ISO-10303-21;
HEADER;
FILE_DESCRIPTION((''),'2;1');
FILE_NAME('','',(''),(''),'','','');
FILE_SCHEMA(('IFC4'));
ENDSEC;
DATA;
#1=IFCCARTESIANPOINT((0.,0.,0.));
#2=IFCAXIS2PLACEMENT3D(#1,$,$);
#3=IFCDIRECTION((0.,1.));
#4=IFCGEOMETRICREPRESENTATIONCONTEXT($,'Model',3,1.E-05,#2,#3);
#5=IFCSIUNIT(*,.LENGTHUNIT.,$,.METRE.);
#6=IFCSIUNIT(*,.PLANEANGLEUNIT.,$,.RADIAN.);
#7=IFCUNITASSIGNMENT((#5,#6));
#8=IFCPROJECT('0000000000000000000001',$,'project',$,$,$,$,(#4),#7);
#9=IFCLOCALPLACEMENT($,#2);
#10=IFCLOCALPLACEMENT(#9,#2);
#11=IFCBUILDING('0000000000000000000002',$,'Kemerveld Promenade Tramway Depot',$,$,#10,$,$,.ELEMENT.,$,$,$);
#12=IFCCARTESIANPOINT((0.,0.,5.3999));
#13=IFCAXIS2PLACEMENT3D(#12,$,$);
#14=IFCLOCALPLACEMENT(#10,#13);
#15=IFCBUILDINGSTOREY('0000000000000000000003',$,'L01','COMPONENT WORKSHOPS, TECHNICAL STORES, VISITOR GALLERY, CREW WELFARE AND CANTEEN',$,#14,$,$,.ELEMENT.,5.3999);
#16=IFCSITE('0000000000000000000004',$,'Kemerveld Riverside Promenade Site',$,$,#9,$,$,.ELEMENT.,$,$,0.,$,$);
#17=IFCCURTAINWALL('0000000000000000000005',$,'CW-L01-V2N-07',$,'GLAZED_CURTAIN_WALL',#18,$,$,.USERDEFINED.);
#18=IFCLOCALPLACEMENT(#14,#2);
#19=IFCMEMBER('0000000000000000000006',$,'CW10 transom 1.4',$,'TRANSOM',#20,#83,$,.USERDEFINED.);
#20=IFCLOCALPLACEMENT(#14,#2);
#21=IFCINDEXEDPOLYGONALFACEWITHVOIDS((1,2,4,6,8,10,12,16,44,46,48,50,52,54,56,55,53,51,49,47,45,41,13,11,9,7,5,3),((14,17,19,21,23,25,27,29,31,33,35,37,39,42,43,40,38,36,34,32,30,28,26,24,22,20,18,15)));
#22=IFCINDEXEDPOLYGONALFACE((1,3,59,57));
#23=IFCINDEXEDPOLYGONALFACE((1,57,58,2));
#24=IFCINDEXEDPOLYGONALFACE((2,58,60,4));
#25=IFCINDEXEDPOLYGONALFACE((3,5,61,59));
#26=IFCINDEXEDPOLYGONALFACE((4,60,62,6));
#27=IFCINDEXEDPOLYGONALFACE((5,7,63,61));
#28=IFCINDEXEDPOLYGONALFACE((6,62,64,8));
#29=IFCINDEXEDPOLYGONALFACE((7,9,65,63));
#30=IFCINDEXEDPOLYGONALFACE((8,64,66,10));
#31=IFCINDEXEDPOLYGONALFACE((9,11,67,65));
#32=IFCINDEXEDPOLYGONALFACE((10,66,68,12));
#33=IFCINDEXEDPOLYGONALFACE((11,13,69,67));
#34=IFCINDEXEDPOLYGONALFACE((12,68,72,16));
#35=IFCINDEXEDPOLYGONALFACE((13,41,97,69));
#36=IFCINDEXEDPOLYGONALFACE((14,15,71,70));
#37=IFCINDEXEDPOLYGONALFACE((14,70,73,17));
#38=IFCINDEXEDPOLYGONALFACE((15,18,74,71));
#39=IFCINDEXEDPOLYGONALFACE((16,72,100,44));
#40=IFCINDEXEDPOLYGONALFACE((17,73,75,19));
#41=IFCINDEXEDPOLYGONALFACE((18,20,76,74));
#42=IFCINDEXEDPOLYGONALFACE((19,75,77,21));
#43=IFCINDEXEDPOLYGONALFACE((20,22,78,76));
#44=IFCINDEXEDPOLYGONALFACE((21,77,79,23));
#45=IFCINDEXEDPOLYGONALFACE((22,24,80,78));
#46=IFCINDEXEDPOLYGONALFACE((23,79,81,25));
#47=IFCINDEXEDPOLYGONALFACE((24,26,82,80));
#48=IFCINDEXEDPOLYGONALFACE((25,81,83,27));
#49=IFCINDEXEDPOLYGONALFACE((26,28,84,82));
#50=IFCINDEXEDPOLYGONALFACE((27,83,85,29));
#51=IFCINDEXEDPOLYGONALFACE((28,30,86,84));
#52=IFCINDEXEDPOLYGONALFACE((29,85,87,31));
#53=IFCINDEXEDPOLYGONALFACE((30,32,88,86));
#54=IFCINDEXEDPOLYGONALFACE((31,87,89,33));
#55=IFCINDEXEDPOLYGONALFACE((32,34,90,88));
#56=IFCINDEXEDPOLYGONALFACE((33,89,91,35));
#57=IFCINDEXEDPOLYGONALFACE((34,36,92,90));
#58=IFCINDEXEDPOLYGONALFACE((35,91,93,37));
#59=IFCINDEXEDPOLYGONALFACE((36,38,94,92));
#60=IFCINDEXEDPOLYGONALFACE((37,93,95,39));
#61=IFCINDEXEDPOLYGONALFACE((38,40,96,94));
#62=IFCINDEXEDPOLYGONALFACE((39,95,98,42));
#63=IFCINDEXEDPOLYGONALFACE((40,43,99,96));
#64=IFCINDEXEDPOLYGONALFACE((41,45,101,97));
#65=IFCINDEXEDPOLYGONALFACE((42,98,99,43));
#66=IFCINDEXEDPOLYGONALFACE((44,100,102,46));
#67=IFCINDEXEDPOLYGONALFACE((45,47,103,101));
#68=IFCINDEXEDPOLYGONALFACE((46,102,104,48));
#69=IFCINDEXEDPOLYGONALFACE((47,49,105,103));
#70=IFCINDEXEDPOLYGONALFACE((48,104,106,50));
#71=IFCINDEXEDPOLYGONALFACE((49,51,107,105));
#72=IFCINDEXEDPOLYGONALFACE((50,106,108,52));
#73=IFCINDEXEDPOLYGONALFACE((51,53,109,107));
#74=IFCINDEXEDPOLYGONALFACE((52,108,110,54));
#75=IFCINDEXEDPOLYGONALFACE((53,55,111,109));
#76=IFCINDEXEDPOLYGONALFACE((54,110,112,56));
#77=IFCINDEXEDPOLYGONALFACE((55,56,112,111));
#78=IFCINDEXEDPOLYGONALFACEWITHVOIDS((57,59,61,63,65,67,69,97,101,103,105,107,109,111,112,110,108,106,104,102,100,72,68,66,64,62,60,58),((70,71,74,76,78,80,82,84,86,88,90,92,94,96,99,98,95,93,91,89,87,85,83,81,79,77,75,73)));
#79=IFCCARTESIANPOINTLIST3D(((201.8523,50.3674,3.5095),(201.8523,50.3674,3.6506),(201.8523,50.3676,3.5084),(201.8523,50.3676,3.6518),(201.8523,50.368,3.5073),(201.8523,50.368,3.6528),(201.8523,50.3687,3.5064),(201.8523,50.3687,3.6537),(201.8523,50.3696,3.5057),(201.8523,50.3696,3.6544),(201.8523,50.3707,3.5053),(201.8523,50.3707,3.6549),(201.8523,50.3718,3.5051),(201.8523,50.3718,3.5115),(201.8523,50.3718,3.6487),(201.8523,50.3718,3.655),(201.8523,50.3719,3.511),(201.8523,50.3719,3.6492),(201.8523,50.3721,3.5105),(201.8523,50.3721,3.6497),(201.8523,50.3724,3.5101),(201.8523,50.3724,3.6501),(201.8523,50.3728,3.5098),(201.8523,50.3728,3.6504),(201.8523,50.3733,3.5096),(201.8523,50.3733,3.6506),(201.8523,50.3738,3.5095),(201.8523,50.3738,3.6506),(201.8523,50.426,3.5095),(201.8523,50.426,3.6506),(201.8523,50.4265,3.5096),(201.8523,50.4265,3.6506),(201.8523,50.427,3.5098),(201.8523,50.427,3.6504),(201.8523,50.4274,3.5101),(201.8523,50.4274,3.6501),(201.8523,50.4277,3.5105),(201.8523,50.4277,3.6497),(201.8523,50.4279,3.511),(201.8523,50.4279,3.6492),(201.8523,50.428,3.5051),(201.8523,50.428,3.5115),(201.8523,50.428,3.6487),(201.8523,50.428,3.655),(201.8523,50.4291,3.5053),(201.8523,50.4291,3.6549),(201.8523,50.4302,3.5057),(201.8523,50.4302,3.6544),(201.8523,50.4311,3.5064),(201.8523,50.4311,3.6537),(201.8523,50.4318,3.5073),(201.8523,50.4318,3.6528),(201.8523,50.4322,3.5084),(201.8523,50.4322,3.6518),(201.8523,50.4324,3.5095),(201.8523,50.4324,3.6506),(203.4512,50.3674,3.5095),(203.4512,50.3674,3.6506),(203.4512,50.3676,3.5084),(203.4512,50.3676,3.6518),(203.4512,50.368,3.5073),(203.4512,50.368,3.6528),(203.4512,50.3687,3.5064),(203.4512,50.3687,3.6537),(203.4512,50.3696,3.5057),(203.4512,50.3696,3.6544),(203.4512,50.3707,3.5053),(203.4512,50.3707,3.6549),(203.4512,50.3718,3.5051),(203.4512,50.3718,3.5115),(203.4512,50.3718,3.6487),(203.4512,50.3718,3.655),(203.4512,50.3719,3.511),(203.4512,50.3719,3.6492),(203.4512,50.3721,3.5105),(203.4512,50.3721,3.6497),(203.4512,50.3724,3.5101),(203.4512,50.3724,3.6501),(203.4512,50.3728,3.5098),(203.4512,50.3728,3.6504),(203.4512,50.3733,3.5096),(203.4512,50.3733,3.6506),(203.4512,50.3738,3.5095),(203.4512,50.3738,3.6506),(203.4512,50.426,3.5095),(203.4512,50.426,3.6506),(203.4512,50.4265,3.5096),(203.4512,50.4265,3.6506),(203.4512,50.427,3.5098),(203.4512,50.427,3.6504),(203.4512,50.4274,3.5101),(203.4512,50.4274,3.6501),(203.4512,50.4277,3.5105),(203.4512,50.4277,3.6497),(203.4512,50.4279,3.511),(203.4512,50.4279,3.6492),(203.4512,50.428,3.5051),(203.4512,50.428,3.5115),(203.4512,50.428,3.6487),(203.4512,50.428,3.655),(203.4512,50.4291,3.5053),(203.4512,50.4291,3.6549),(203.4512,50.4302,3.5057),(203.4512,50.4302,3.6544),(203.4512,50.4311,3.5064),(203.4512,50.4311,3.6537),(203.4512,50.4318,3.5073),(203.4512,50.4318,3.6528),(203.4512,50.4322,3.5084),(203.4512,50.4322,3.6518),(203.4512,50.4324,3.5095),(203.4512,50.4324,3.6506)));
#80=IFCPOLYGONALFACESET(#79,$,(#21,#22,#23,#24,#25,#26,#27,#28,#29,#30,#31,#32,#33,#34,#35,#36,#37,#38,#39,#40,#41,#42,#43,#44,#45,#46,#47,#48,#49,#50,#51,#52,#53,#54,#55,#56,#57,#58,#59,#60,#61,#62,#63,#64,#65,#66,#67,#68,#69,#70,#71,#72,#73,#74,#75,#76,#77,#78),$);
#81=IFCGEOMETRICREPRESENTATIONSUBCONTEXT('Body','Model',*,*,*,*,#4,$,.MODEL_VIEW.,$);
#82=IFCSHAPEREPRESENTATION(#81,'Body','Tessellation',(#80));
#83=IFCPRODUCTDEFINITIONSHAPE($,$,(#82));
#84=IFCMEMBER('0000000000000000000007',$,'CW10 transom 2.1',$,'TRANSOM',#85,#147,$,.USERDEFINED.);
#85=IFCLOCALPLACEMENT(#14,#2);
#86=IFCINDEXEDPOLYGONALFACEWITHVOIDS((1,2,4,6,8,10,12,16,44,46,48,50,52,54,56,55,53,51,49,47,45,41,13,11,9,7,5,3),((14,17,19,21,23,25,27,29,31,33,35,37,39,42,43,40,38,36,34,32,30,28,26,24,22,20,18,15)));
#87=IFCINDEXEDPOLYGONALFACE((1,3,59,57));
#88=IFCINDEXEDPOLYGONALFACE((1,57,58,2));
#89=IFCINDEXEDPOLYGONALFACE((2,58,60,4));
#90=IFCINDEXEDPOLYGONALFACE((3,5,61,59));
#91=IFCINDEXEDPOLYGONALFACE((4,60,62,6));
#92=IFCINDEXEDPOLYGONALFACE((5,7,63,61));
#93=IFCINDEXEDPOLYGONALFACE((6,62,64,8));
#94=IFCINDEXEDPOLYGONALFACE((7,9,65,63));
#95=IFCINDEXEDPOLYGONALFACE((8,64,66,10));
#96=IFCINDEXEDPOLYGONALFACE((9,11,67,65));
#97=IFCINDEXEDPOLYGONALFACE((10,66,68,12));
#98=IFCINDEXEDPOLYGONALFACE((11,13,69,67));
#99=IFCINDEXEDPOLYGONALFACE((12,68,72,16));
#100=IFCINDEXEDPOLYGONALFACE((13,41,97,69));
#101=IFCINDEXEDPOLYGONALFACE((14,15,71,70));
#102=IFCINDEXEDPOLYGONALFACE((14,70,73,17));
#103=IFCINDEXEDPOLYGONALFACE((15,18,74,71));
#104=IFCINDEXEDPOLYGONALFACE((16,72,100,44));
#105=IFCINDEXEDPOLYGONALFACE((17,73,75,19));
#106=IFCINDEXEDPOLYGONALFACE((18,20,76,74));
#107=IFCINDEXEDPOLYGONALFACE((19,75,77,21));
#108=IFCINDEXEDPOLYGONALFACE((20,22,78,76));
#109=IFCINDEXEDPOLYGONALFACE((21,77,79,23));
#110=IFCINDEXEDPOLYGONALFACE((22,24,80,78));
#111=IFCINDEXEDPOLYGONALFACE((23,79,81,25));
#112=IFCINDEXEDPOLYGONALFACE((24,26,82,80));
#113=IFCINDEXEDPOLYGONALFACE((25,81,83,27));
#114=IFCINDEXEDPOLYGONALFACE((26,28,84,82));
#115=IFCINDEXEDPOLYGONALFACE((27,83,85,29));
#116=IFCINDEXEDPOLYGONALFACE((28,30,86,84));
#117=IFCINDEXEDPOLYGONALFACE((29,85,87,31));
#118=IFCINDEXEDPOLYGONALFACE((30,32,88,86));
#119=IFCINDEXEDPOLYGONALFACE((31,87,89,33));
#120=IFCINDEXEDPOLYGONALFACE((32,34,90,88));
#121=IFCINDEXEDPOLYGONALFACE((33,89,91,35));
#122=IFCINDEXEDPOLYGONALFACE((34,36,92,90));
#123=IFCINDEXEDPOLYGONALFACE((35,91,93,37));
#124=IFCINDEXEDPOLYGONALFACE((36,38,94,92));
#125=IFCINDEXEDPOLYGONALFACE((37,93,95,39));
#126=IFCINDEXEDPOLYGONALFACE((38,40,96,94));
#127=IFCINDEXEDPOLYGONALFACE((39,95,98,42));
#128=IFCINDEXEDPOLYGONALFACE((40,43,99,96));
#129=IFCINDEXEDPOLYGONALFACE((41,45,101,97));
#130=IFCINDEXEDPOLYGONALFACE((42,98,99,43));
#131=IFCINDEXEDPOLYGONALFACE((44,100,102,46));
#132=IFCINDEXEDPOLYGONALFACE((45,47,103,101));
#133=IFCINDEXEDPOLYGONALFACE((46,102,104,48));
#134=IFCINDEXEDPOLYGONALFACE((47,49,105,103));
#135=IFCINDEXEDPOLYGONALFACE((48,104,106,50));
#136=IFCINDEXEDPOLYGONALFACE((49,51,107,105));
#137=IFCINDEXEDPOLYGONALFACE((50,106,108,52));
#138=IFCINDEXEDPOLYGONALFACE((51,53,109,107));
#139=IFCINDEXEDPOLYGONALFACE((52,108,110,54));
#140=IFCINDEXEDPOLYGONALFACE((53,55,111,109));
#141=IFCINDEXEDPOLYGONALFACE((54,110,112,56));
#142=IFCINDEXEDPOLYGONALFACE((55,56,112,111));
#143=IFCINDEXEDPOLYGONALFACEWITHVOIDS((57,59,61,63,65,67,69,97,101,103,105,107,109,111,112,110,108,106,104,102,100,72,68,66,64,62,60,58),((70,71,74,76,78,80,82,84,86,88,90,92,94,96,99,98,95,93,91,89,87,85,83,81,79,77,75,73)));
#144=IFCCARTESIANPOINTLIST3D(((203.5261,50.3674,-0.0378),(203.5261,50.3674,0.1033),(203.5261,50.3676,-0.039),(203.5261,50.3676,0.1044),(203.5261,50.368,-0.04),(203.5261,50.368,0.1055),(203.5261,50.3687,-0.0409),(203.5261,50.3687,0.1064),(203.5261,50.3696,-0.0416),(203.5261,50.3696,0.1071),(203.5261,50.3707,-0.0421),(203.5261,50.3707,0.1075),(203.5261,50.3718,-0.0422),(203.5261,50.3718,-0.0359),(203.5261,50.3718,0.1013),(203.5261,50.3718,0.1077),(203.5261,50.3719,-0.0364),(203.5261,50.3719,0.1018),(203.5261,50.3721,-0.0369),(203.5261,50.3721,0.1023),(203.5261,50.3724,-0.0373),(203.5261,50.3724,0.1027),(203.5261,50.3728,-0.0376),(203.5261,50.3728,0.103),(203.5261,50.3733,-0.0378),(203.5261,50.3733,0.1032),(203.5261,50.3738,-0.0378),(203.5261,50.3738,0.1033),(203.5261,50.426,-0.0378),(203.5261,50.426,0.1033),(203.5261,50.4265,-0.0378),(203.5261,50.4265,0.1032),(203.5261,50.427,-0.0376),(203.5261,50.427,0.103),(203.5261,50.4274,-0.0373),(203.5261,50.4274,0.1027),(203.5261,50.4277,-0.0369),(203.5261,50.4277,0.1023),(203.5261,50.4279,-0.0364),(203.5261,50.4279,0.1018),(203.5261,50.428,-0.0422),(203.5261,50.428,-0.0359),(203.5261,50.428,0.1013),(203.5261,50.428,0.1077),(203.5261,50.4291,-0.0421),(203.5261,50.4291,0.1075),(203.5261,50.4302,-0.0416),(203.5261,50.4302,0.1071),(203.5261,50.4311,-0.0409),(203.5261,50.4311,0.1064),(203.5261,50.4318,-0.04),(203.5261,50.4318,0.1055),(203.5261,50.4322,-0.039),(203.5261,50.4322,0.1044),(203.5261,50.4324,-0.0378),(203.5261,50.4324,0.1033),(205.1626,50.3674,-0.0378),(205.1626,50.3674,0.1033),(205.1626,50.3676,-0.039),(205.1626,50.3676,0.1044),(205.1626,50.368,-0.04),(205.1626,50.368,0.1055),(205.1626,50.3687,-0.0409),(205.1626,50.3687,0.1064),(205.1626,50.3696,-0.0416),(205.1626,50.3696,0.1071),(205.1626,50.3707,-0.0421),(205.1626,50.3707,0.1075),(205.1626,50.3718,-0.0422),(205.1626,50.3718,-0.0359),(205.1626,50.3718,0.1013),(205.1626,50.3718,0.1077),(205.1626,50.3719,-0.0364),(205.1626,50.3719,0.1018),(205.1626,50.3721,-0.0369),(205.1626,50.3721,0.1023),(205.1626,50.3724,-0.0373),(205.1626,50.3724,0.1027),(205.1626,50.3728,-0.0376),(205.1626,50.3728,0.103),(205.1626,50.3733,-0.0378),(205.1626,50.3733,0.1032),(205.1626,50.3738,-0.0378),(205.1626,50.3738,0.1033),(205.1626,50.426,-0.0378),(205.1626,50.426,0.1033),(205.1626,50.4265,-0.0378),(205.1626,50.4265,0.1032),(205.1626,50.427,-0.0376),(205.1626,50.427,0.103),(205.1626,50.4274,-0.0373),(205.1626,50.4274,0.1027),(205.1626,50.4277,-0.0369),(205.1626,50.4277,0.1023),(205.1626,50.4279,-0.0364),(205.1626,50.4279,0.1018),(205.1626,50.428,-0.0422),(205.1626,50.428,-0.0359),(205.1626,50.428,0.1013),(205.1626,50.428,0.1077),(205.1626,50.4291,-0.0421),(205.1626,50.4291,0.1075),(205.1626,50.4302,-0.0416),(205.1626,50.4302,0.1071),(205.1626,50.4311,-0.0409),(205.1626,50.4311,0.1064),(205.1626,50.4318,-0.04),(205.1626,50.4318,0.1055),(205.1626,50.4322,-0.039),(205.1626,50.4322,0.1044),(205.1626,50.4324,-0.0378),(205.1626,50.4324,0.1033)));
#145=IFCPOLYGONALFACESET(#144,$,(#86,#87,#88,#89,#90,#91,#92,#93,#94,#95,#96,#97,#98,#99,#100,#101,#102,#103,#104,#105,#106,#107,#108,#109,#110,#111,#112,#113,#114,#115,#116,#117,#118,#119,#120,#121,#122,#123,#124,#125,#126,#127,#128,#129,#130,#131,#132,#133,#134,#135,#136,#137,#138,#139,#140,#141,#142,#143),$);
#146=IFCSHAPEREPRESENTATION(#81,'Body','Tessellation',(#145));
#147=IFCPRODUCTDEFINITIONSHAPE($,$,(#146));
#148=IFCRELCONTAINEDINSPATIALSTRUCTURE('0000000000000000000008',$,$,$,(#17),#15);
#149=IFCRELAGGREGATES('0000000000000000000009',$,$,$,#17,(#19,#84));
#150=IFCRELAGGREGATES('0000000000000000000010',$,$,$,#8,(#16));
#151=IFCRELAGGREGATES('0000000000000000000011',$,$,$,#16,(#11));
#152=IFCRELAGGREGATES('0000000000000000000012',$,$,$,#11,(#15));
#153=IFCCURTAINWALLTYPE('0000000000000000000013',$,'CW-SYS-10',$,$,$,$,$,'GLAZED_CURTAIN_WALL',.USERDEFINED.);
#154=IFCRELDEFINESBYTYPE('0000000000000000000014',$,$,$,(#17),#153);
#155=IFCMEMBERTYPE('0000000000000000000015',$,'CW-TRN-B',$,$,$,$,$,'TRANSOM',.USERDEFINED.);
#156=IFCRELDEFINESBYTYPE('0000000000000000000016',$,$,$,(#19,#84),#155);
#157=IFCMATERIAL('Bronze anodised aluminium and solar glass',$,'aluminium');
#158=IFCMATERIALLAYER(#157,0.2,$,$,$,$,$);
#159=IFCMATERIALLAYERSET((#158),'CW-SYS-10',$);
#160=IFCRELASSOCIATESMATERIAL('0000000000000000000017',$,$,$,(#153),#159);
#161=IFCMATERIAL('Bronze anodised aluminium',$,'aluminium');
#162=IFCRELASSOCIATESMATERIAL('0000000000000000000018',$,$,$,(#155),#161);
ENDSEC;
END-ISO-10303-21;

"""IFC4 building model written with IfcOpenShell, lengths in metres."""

from ifc_helpers import new_model, si_unit, direction, frame, origin, origin_2d, place, context, subcontext, project, spatial, hollow_rectangle, extrude, material, layer, layer_set, material_profile, profile_set, type_object, element, aggregate, save


model = new_model("IFC4")

# Units and contexts
model_context = context("Model", 3, precision=1e-05, world=origin(), true_north=direction((0.0, 1.0)))
body_context = subcontext(model_context, "Body", "Model", "MODEL_VIEW")
ifc_project = project(units=[si_unit("LENGTHUNIT", "METRE"), si_unit("PLANEANGLEUNIT", "RADIAN")], contexts=[model_context])

# Site, building, storey
site_placement = place(None, origin())
site = spatial("IfcSite", under=ifc_project, at=site_placement, Name="Kemerveld Riverside Promenade Site", CompositionType="ELEMENT", RefElevation=0.0)
building_placement = place(site_placement, origin())
building = spatial("IfcBuilding", under=site, at=building_placement, Name="Kemerveld Promenade Tramway Depot", CompositionType="ELEMENT")
storey_placement = place(building_placement, frame((0.0, 0.0, 5.3999)))
storey = spatial("IfcBuildingStorey", under=building, at=storey_placement, Name="L01", Description="COMPONENT WORKSHOPS, TECHNICAL STORES, VISITOR GALLERY, CREW WELFARE AND CANTEEN", CompositionType="ELEMENT", Elevation=5.3999)

# Curtain wall, members
ifc_material_1 = material(Name="Bronze anodised aluminium and solar glass", Category="aluminium")
ifc_layer_1 = layer(ifc_material_1, 0.2)
ifc_layer_set_1 = layer_set([ifc_layer_1], Name="CW-SYS-10")
curtain_wall_type = type_object("IfcCurtainWallType", Name="CW-SYS-10", ElementType="GLAZED_CURTAIN_WALL", PredefinedType="USERDEFINED", material=ifc_layer_set_1)
curtain_wall_placement = place(storey_placement, origin())
curtain_wall = element("IfcCurtainWall", 1, at=curtain_wall_placement, inside=storey, type_object=curtain_wall_type, Name="CW-L01-V2N-07", ObjectType="GLAZED_CURTAIN_WALL", PredefinedType="USERDEFINED")
ifc_material_2 = material(Name="Bronze anodised aluminium", Category="aluminium")
ifc_material_profile_1 = material_profile(ifc_material_2, hollow_rectangle(XDim=0.0649, YDim=0.1499, WallThickness=0.0044, InnerFilletRadius=0.002, OuterFilletRadius=0.0044, at=origin_2d()), Name="CW-TRN-150x65")
ifc_profile_set_1 = profile_set([ifc_material_profile_1], Name="Bronze anodised aluminium")
member_type_1 = type_object("IfcMemberType", Name="CW-TRN-B", ElementType="TRANSOM", PredefinedType="USERDEFINED", material=ifc_profile_set_1)
member_1_placement = place(storey_placement, frame((201.8523, 50.3999, 3.5801), z_axis=(1.0, 0.0, 0.0), x_axis=(0.0, 1.0, 0.0)))
member_1 = element("IfcMember", 2, at=member_1_placement, type_object=member_type_1, Name="CW10 transom 1.4", ObjectType="TRANSOM", PredefinedType="USERDEFINED", context=body_context, shape_type="SweptSolid", body=[
    extrude(hollow_rectangle(XDim=0.0649, YDim=0.1499, WallThickness=0.0044, InnerFilletRadius=0.002, OuterFilletRadius=0.0044, at=origin_2d()), origin(), (0.0, 0.0, 1.0), 1.5989),
])
member_2_placement = place(storey_placement, frame((203.5261, 50.3999, 0.0327), z_axis=(1.0, 0.0, 0.0), x_axis=(0.0, 1.0, 0.0)))
member_2 = element("IfcMember", 3, at=member_2_placement, type_object=member_type_1, Name="CW10 transom 2.1", ObjectType="TRANSOM", PredefinedType="USERDEFINED", context=body_context, shape_type="SweptSolid", body=[
    extrude(hollow_rectangle(XDim=0.0649, YDim=0.1499, WallThickness=0.0044, InnerFilletRadius=0.002, OuterFilletRadius=0.0044, at=origin_2d()), origin(), (0.0, 0.0, 1.0), 1.6365),
])
aggregate(curtain_wall, [member_1, member_2])

save(model, "model.ifc")
